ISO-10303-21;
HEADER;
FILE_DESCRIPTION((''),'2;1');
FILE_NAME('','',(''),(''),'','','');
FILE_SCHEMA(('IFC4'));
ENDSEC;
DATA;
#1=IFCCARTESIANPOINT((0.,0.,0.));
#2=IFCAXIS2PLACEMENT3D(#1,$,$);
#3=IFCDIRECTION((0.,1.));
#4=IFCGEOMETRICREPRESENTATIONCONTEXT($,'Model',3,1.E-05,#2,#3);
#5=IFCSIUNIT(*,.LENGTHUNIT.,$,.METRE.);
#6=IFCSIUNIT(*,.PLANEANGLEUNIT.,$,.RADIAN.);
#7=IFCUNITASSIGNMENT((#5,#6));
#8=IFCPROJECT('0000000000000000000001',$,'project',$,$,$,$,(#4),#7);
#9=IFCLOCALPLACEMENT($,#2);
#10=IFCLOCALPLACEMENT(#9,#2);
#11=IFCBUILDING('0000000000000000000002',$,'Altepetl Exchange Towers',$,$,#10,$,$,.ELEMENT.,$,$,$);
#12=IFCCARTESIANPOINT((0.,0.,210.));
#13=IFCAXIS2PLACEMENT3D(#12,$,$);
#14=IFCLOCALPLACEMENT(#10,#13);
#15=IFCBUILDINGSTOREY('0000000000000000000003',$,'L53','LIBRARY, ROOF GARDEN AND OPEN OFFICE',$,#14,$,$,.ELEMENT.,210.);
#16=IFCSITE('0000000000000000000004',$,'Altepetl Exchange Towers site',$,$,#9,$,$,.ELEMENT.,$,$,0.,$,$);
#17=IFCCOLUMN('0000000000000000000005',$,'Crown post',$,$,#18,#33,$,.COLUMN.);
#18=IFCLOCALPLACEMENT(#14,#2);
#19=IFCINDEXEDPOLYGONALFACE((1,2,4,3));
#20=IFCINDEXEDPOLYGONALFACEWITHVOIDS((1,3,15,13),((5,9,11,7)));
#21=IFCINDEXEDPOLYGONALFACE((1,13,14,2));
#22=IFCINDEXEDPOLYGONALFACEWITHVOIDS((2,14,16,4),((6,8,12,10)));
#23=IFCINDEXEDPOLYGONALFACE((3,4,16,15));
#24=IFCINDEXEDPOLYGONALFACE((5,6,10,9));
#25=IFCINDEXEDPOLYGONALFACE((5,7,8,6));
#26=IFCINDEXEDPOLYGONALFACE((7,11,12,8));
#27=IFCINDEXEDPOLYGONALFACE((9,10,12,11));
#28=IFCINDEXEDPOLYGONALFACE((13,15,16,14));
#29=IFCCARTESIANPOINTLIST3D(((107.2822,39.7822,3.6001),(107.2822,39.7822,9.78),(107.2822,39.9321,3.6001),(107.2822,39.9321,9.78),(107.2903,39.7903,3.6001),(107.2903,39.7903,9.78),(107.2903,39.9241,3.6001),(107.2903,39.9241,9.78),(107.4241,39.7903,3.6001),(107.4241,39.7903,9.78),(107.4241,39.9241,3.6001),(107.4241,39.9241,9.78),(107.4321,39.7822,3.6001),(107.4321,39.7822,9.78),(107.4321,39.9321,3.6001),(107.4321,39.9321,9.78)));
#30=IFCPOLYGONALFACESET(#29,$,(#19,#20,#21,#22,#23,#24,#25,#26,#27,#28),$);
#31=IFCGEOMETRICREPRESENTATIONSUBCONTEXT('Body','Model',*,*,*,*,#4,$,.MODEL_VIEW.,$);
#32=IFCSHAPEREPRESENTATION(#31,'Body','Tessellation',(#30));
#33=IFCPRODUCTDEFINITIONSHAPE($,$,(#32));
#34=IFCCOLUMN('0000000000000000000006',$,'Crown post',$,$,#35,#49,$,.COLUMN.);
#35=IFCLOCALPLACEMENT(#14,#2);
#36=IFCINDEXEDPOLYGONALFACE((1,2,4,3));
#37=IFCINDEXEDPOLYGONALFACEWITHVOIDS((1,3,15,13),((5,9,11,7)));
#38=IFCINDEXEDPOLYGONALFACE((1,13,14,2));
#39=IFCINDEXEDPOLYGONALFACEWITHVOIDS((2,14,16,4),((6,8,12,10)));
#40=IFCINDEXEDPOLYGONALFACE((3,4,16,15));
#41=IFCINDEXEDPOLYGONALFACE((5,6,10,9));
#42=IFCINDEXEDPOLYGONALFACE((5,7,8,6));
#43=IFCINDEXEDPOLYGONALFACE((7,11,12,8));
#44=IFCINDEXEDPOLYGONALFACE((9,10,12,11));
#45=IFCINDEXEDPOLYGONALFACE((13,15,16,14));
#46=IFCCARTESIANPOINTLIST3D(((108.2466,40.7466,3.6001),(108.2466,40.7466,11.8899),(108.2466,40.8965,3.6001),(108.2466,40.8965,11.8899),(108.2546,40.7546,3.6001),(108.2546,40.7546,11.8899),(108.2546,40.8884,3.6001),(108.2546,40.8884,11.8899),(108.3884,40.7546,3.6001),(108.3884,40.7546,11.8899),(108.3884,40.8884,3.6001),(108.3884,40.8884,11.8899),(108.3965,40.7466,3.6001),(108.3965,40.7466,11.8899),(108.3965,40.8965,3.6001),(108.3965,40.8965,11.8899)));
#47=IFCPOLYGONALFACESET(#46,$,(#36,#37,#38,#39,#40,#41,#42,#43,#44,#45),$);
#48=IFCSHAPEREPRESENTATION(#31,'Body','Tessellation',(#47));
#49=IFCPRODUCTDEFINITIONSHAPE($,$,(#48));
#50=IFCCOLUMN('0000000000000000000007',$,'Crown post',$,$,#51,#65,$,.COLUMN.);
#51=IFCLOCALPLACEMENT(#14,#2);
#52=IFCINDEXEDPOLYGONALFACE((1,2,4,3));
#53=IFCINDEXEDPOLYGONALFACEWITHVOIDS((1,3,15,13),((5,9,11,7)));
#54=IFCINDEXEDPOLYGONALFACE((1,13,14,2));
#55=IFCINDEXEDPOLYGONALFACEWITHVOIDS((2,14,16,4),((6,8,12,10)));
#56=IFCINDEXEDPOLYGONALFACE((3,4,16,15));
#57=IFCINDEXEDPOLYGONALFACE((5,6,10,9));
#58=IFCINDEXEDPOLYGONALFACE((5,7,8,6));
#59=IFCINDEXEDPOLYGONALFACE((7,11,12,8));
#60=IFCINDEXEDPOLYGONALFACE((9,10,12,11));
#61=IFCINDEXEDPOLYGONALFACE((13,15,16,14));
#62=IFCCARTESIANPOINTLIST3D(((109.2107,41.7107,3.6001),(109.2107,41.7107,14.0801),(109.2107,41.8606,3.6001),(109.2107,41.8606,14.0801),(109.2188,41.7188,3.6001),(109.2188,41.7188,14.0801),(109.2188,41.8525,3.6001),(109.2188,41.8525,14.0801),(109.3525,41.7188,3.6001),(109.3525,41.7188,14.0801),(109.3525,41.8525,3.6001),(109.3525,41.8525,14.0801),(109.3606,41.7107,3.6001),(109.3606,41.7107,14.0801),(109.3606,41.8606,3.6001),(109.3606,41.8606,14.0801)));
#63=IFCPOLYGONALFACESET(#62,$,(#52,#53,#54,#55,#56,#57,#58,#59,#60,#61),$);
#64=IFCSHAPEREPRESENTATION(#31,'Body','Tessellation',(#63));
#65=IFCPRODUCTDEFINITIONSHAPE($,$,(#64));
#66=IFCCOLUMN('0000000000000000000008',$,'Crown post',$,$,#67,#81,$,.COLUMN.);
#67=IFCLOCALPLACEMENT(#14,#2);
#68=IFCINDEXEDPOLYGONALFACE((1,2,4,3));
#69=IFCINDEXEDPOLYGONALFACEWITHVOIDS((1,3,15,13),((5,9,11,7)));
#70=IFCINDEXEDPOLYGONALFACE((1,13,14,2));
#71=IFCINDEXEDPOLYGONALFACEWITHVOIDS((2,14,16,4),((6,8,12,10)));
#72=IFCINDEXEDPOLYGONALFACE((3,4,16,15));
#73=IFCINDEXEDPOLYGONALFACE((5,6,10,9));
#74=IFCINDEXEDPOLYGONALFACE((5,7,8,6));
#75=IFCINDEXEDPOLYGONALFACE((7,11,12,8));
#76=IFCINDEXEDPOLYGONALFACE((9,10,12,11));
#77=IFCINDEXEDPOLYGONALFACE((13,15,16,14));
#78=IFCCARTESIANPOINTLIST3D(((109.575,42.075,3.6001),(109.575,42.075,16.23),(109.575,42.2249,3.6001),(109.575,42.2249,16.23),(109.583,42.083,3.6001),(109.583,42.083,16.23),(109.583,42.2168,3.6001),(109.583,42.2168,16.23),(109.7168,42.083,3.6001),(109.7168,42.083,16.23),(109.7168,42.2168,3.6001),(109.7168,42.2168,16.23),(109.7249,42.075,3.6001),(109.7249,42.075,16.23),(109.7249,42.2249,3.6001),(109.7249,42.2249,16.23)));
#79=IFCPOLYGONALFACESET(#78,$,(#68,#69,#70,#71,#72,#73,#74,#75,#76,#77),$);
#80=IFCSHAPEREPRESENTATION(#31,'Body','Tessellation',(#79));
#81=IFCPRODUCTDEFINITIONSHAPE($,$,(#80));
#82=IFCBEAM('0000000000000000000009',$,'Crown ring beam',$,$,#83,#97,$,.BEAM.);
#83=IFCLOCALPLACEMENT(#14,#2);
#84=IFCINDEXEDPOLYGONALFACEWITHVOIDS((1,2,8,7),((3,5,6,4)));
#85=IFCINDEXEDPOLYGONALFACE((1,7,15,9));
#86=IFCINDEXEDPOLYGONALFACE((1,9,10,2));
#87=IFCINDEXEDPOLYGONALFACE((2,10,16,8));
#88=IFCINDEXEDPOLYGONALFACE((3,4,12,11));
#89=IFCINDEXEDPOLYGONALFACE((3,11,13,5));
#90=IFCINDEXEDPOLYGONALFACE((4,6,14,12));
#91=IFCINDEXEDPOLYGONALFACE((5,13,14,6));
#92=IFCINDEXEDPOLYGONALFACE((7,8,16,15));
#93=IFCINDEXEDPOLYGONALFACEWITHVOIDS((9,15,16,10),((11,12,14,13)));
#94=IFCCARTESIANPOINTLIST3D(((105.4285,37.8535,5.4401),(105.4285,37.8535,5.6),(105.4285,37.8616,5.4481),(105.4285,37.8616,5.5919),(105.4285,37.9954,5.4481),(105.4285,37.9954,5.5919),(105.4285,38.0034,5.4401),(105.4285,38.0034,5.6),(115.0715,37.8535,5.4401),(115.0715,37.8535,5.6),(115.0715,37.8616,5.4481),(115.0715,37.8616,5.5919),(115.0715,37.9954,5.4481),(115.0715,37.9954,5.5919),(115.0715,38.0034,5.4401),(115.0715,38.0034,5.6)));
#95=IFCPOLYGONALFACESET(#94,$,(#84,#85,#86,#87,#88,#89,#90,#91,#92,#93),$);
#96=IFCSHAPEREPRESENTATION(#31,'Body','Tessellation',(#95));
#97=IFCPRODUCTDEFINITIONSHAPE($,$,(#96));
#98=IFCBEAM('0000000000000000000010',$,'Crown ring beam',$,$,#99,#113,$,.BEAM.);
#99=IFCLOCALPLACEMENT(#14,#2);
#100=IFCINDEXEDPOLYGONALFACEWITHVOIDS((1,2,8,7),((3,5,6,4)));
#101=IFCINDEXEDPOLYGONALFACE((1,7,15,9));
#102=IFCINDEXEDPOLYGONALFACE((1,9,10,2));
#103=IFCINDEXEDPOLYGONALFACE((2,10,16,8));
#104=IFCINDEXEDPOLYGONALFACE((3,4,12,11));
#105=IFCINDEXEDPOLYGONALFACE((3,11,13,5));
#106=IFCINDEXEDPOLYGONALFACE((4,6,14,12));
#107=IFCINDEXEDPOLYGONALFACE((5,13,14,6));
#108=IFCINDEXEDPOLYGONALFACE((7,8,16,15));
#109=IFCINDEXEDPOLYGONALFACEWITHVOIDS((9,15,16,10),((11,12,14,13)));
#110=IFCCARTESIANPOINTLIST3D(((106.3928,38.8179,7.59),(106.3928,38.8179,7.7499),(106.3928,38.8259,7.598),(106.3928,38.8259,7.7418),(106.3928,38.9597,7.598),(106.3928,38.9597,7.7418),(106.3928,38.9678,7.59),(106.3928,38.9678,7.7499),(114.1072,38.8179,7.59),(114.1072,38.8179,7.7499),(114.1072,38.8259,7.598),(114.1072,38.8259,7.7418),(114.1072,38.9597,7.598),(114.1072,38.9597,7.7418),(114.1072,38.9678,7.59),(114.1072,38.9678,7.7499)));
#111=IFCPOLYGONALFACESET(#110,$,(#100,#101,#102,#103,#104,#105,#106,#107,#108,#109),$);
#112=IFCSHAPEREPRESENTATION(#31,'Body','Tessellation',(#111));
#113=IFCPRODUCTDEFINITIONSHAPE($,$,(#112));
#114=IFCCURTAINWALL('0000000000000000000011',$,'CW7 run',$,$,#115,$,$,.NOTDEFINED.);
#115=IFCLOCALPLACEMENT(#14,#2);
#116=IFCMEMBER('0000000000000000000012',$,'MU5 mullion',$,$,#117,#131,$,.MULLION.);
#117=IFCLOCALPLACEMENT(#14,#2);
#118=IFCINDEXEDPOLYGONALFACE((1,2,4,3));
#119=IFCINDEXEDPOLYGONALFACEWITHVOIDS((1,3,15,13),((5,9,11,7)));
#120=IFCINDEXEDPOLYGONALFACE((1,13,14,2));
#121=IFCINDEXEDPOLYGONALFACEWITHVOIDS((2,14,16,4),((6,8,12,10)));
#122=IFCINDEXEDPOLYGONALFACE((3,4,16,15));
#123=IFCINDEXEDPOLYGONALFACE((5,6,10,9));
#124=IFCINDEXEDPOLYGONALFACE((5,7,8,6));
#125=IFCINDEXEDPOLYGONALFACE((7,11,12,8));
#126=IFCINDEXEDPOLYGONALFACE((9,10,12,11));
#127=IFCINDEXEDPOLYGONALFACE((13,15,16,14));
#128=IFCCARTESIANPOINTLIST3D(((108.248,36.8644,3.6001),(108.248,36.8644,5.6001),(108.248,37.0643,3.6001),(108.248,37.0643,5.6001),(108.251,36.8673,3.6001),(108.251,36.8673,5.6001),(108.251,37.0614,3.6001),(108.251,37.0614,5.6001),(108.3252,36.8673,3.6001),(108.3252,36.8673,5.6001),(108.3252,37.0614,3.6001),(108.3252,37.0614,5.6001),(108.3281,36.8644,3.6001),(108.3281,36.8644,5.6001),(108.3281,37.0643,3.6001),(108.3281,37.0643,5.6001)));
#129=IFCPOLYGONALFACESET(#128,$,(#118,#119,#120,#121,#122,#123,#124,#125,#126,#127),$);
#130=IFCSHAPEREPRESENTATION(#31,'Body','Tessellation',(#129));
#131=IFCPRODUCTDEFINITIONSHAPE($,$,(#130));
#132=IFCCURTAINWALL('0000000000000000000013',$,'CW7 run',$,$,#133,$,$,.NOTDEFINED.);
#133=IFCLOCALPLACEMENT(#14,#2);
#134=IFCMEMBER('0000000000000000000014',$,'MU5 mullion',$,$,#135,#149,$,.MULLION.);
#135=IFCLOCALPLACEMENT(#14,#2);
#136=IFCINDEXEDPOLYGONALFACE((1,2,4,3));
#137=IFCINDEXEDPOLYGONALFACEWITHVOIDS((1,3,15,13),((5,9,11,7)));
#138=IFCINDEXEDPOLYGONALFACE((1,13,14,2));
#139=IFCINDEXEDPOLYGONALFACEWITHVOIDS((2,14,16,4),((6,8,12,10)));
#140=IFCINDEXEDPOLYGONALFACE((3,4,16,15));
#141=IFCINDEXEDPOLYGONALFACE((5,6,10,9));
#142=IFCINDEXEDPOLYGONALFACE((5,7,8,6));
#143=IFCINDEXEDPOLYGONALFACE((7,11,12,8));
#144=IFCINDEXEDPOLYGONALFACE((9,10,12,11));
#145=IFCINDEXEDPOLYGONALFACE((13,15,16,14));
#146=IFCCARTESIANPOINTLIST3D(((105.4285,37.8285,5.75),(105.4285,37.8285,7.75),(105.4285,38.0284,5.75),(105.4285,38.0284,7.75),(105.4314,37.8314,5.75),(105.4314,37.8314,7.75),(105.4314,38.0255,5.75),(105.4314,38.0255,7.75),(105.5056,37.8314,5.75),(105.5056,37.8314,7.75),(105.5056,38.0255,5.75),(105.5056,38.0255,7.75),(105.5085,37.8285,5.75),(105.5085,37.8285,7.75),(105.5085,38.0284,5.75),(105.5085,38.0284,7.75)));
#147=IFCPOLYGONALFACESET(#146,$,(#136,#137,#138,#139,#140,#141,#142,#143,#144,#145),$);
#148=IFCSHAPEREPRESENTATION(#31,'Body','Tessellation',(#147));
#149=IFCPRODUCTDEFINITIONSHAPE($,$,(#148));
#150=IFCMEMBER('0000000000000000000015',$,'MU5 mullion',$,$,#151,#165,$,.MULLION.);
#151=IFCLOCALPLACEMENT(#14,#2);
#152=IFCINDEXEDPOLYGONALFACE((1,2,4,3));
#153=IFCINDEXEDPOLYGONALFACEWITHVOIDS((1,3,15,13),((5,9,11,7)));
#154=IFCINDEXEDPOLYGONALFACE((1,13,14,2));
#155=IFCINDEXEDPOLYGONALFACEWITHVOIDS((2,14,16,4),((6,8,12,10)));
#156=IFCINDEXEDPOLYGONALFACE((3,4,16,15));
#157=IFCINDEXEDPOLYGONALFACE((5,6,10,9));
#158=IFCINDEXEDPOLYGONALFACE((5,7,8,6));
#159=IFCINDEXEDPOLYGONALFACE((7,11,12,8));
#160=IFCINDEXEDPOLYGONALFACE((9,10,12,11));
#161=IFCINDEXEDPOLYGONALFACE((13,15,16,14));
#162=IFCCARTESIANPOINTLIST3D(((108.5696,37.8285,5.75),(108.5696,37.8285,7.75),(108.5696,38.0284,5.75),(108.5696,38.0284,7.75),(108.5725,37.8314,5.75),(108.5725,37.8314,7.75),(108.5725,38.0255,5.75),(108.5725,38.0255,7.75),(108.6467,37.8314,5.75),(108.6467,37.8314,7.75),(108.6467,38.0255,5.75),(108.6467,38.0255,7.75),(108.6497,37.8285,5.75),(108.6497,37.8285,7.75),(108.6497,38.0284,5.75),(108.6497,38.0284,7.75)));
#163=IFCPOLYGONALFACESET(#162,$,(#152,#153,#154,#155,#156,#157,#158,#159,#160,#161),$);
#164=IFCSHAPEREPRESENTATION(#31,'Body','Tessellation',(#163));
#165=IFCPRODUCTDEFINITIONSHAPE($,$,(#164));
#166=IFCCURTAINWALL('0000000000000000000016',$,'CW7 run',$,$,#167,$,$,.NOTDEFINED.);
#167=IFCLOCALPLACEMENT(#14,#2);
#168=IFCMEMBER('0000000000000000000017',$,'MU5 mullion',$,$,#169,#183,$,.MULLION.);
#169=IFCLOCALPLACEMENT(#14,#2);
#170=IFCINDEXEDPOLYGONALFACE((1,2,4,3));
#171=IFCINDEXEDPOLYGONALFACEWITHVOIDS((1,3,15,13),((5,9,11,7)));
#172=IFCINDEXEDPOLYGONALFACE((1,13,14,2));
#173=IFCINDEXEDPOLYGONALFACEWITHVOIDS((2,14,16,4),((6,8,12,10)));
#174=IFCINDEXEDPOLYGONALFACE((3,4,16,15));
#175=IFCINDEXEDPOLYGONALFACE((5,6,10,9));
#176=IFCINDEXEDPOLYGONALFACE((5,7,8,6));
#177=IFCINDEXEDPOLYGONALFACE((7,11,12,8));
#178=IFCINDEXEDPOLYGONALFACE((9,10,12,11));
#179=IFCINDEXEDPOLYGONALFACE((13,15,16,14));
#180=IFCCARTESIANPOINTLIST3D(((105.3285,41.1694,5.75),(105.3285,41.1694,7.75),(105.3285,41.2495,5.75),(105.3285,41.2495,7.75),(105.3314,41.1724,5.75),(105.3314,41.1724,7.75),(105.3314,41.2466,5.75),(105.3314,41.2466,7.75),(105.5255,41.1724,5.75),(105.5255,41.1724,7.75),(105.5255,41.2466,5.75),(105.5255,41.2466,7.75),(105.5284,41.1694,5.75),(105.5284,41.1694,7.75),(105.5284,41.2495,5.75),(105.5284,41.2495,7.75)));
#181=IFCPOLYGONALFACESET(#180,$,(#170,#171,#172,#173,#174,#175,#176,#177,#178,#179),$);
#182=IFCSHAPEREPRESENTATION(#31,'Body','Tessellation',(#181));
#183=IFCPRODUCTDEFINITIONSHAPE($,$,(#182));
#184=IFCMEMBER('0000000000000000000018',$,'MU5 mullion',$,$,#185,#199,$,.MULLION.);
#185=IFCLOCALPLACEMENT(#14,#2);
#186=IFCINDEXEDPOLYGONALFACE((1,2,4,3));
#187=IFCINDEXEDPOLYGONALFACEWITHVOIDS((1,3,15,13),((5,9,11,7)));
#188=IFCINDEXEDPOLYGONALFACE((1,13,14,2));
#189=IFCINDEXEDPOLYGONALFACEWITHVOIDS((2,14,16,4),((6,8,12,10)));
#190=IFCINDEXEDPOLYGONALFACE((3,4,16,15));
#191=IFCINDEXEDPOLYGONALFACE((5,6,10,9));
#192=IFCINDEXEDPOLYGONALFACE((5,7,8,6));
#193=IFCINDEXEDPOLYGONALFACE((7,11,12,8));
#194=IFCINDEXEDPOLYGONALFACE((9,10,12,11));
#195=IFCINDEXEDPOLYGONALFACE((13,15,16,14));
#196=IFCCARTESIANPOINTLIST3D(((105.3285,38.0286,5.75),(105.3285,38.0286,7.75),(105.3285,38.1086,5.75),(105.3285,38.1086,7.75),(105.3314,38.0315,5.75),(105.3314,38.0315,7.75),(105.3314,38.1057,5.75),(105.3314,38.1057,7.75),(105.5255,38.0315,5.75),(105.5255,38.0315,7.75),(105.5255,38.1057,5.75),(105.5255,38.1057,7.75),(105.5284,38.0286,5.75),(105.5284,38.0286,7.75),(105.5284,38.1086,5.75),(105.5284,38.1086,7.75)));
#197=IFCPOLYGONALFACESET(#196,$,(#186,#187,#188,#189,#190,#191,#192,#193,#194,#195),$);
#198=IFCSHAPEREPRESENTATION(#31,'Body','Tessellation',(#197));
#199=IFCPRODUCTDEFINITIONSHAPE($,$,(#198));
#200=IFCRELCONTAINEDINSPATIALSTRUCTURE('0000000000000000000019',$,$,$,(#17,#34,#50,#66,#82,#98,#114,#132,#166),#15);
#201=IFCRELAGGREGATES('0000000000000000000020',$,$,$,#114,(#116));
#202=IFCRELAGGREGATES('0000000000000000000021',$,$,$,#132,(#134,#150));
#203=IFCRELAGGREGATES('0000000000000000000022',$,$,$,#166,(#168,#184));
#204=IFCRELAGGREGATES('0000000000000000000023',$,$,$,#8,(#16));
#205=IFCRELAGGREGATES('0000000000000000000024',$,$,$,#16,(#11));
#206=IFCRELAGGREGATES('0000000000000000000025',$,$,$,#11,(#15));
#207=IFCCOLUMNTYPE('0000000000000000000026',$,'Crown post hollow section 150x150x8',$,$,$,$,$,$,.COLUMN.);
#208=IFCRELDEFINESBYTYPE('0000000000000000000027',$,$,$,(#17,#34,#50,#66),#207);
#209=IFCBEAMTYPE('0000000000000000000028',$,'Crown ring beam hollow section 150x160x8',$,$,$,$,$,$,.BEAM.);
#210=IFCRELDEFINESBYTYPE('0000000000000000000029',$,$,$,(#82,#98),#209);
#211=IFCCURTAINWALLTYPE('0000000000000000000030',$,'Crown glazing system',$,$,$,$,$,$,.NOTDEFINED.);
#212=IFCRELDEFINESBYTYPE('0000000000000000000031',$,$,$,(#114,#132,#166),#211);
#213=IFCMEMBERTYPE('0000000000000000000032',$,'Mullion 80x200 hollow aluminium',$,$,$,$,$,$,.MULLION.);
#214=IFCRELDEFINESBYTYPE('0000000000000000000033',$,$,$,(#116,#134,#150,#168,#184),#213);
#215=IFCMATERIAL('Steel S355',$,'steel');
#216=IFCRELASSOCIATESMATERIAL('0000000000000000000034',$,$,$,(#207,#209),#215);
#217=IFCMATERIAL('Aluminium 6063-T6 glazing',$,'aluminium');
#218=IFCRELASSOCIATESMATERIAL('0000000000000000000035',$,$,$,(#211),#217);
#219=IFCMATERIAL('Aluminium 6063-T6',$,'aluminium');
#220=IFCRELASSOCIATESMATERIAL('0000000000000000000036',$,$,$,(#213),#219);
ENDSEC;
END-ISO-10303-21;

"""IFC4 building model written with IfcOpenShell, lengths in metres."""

from ifc_helpers import new_model, si_unit, direction, frame, origin, origin_2d, place, context, subcontext, project, spatial, hollow_rectangle, extrude, material, material_profile, profile_set, type_object, element, aggregate, save


model = new_model("IFC4")

# Units and contexts
model_context = context("Model", 3, precision=1e-05, world=origin(), true_north=direction((0.0, 1.0)))
body_context = subcontext(model_context, "Body", "Model", "MODEL_VIEW")
ifc_project = project(units=[si_unit("LENGTHUNIT", "METRE"), si_unit("PLANEANGLEUNIT", "RADIAN")], contexts=[model_context])

# Site, building, storey
site_placement = place(None, origin())
site = spatial("IfcSite", under=ifc_project, at=site_placement, Name="Altepetl Exchange Towers site", CompositionType="ELEMENT", RefElevation=0.0)
building_placement = place(site_placement, origin())
building = spatial("IfcBuilding", under=site, at=building_placement, Name="Altepetl Exchange Towers", CompositionType="ELEMENT")
storey_placement = place(building_placement, frame((0.0, 0.0, 210.0)))
storey = spatial("IfcBuildingStorey", under=building, at=storey_placement, Name="L53", Description="LIBRARY, ROOF GARDEN AND OPEN OFFICE", CompositionType="ELEMENT", Elevation=210.0)

# Columns
ifc_material_1 = material(Name="Steel S355", Category="steel")
ifc_material_profile_1 = material_profile(ifc_material_1, hollow_rectangle(XDim=0.1499, YDim=0.1499, WallThickness=0.0081, at=origin_2d()), Name="RHS 150x150x8")
ifc_profile_set_1 = profile_set([ifc_material_profile_1], Name="Steel S355")
column_type = type_object("IfcColumnType", Name="Crown post hollow section 150x150x8", PredefinedType="COLUMN", material=ifc_profile_set_1)
column_1_placement = place(storey_placement, frame((107.3572, 39.8572, 3.6001)))
element("IfcColumn", 1, at=column_1_placement, inside=storey, type_object=column_type, Name="Crown post", PredefinedType="COLUMN", context=body_context, shape_type="SweptSolid", body=[
    extrude(hollow_rectangle(XDim=0.1499, YDim=0.1499, WallThickness=0.0081, at=origin_2d()), origin(), (0.0, 0.0, 1.0), 6.1799),
])
column_2_placement = place(storey_placement, frame((108.3215, 40.8215, 3.6001)))
element("IfcColumn", 2, at=column_2_placement, inside=storey, type_object=column_type, Name="Crown post", PredefinedType="COLUMN", context=body_context, shape_type="SweptSolid", body=[
    extrude(hollow_rectangle(XDim=0.1499, YDim=0.1499, WallThickness=0.0081, at=origin_2d()), origin(), (0.0, 0.0, 1.0), 8.2898),
])
column_3_placement = place(storey_placement, frame((109.2856, 41.7856, 3.6001)))
element("IfcColumn", 3, at=column_3_placement, inside=storey, type_object=column_type, Name="Crown post", PredefinedType="COLUMN", context=body_context, shape_type="SweptSolid", body=[
    extrude(hollow_rectangle(XDim=0.1499, YDim=0.1499, WallThickness=0.0081, at=origin_2d()), origin(), (0.0, 0.0, 1.0), 10.48),
])
column_4_placement = place(storey_placement, frame((109.6499, 42.1499, 3.6001)))
element("IfcColumn", 4, at=column_4_placement, inside=storey, type_object=column_type, Name="Crown post", PredefinedType="COLUMN", context=body_context, shape_type="SweptSolid", body=[
    extrude(hollow_rectangle(XDim=0.1499, YDim=0.1499, WallThickness=0.0081, at=origin_2d()), origin(), (0.0, 0.0, 1.0), 12.6299),
])

# Beams
ifc_material_profile_2 = material_profile(ifc_material_1, hollow_rectangle(XDim=0.1499, YDim=0.1599, WallThickness=0.0081, at=origin_2d()), Name="RHS 160x150x8")
ifc_profile_set_2 = profile_set([ifc_material_profile_2], Name="Steel S355")
beam_type = type_object("IfcBeamType", Name="Crown ring beam hollow section 150x160x8", PredefinedType="BEAM", material=ifc_profile_set_2)
beam_1_placement = place(storey_placement, frame((105.4285, 37.9285, 5.52), z_axis=(1.0, 0.0, 0.0), x_axis=(0.0, 1.0, 0.0)))
element("IfcBeam", 5, at=beam_1_placement, inside=storey, type_object=beam_type, Name="Crown ring beam", PredefinedType="BEAM", context=body_context, shape_type="SweptSolid", body=[
    extrude(hollow_rectangle(XDim=0.1499, YDim=0.1599, WallThickness=0.0081, at=origin_2d()), origin(), (0.0, 0.0, 1.0), 9.6431),
])
beam_2_placement = place(storey_placement, frame((106.3928, 38.8928, 7.6699), z_axis=(1.0, 0.0, 0.0), x_axis=(0.0, 1.0, 0.0)))
element("IfcBeam", 6, at=beam_2_placement, inside=storey, type_object=beam_type, Name="Crown ring beam", PredefinedType="BEAM", context=body_context, shape_type="SweptSolid", body=[
    extrude(hollow_rectangle(XDim=0.1499, YDim=0.1599, WallThickness=0.0081, at=origin_2d()), origin(), (0.0, 0.0, 1.0), 7.7144),
])

# Curtain wall, member
ifc_material_2 = material(Name="Aluminium 6063-T6 glazing", Category="aluminium")
curtain_wall_type = type_object("IfcCurtainWallType", Name="Crown glazing system", PredefinedType="NOTDEFINED", material=ifc_material_2)
curtain_wall_1_placement = place(storey_placement, origin())
curtain_wall_1 = element("IfcCurtainWall", 7, at=curtain_wall_1_placement, inside=storey, type_object=curtain_wall_type, Name="CW7 run", PredefinedType="NOTDEFINED")
ifc_material_3 = material(Name="Aluminium 6063-T6", Category="aluminium")
ifc_material_profile_3 = material_profile(ifc_material_3, hollow_rectangle(XDim=0.0801, YDim=0.2, WallThickness=0.0029, at=origin_2d()), Name="Mullion 80x200 hollow aluminium")
ifc_profile_set_3 = profile_set([ifc_material_profile_3], Name="Aluminium 6063-T6")
member_type = type_object("IfcMemberType", Name="Mullion 80x200 hollow aluminium", PredefinedType="MULLION", material=ifc_profile_set_3)
member_1_placement = place(storey_placement, frame((108.2881, 36.9644, 3.6001)))
member_1 = element("IfcMember", 8, at=member_1_placement, type_object=member_type, Name="MU5 mullion", PredefinedType="MULLION", context=body_context, shape_type="SweptSolid", body=[
    extrude(hollow_rectangle(XDim=0.0801, YDim=0.2, WallThickness=0.0029, at=origin_2d()), origin(), (0.0, 0.0, 1.0), 2.0),
])

# Curtain walls, members
curtain_wall_2_placement = place(storey_placement, origin())
curtain_wall_2 = element("IfcCurtainWall", 9, at=curtain_wall_2_placement, inside=storey, type_object=curtain_wall_type, Name="CW7 run", PredefinedType="NOTDEFINED")
member_2_placement = place(storey_placement, frame((105.4685, 37.9285, 5.75)))
member_2 = element("IfcMember", 10, at=member_2_placement, type_object=member_type, Name="MU5 mullion", PredefinedType="MULLION", context=body_context, shape_type="SweptSolid", body=[
    extrude(hollow_rectangle(XDim=0.0801, YDim=0.2, WallThickness=0.0029, at=origin_2d()), origin(), (0.0, 0.0, 1.0), 2.0),
])
member_3_placement = place(storey_placement, frame((108.6096, 37.9285, 5.75)))
member_3 = element("IfcMember", 11, at=member_3_placement, type_object=member_type, Name="MU5 mullion", PredefinedType="MULLION", context=body_context, shape_type="SweptSolid", body=[
    extrude(hollow_rectangle(XDim=0.0801, YDim=0.2, WallThickness=0.0029, at=origin_2d()), origin(), (0.0, 0.0, 1.0), 2.0),
])
curtain_wall_3_placement = place(storey_placement, origin())
curtain_wall_3 = element("IfcCurtainWall", 12, at=curtain_wall_3_placement, inside=storey, type_object=curtain_wall_type, Name="CW7 run", PredefinedType="NOTDEFINED")
member_4_placement = place(storey_placement, frame((105.4285, 41.2095, 5.75), z_axis=(0.0, 0.0, 1.0), x_axis=(0.0, -1.0, 0.0)))
member_4 = element("IfcMember", 13, at=member_4_placement, type_object=member_type, Name="MU5 mullion", PredefinedType="MULLION", context=body_context, shape_type="SweptSolid", body=[
    extrude(hollow_rectangle(XDim=0.0801, YDim=0.2, WallThickness=0.0029, at=origin_2d()), origin(), (0.0, 0.0, 1.0), 2.0),
])
member_5_placement = place(storey_placement, frame((105.4285, 38.0686, 5.75), z_axis=(0.0, 0.0, 1.0), x_axis=(0.0, -1.0, 0.0)))
member_5 = element("IfcMember", 14, at=member_5_placement, type_object=member_type, Name="MU5 mullion", PredefinedType="MULLION", context=body_context, shape_type="SweptSolid", body=[
    extrude(hollow_rectangle(XDim=0.0801, YDim=0.2, WallThickness=0.0029, at=origin_2d()), origin(), (0.0, 0.0, 1.0), 2.0),
])

aggregate(curtain_wall_1, [member_1])
aggregate(curtain_wall_2, [member_2, member_3])
aggregate(curtain_wall_3, [member_4, member_5])

save(model, "model.ifc")
